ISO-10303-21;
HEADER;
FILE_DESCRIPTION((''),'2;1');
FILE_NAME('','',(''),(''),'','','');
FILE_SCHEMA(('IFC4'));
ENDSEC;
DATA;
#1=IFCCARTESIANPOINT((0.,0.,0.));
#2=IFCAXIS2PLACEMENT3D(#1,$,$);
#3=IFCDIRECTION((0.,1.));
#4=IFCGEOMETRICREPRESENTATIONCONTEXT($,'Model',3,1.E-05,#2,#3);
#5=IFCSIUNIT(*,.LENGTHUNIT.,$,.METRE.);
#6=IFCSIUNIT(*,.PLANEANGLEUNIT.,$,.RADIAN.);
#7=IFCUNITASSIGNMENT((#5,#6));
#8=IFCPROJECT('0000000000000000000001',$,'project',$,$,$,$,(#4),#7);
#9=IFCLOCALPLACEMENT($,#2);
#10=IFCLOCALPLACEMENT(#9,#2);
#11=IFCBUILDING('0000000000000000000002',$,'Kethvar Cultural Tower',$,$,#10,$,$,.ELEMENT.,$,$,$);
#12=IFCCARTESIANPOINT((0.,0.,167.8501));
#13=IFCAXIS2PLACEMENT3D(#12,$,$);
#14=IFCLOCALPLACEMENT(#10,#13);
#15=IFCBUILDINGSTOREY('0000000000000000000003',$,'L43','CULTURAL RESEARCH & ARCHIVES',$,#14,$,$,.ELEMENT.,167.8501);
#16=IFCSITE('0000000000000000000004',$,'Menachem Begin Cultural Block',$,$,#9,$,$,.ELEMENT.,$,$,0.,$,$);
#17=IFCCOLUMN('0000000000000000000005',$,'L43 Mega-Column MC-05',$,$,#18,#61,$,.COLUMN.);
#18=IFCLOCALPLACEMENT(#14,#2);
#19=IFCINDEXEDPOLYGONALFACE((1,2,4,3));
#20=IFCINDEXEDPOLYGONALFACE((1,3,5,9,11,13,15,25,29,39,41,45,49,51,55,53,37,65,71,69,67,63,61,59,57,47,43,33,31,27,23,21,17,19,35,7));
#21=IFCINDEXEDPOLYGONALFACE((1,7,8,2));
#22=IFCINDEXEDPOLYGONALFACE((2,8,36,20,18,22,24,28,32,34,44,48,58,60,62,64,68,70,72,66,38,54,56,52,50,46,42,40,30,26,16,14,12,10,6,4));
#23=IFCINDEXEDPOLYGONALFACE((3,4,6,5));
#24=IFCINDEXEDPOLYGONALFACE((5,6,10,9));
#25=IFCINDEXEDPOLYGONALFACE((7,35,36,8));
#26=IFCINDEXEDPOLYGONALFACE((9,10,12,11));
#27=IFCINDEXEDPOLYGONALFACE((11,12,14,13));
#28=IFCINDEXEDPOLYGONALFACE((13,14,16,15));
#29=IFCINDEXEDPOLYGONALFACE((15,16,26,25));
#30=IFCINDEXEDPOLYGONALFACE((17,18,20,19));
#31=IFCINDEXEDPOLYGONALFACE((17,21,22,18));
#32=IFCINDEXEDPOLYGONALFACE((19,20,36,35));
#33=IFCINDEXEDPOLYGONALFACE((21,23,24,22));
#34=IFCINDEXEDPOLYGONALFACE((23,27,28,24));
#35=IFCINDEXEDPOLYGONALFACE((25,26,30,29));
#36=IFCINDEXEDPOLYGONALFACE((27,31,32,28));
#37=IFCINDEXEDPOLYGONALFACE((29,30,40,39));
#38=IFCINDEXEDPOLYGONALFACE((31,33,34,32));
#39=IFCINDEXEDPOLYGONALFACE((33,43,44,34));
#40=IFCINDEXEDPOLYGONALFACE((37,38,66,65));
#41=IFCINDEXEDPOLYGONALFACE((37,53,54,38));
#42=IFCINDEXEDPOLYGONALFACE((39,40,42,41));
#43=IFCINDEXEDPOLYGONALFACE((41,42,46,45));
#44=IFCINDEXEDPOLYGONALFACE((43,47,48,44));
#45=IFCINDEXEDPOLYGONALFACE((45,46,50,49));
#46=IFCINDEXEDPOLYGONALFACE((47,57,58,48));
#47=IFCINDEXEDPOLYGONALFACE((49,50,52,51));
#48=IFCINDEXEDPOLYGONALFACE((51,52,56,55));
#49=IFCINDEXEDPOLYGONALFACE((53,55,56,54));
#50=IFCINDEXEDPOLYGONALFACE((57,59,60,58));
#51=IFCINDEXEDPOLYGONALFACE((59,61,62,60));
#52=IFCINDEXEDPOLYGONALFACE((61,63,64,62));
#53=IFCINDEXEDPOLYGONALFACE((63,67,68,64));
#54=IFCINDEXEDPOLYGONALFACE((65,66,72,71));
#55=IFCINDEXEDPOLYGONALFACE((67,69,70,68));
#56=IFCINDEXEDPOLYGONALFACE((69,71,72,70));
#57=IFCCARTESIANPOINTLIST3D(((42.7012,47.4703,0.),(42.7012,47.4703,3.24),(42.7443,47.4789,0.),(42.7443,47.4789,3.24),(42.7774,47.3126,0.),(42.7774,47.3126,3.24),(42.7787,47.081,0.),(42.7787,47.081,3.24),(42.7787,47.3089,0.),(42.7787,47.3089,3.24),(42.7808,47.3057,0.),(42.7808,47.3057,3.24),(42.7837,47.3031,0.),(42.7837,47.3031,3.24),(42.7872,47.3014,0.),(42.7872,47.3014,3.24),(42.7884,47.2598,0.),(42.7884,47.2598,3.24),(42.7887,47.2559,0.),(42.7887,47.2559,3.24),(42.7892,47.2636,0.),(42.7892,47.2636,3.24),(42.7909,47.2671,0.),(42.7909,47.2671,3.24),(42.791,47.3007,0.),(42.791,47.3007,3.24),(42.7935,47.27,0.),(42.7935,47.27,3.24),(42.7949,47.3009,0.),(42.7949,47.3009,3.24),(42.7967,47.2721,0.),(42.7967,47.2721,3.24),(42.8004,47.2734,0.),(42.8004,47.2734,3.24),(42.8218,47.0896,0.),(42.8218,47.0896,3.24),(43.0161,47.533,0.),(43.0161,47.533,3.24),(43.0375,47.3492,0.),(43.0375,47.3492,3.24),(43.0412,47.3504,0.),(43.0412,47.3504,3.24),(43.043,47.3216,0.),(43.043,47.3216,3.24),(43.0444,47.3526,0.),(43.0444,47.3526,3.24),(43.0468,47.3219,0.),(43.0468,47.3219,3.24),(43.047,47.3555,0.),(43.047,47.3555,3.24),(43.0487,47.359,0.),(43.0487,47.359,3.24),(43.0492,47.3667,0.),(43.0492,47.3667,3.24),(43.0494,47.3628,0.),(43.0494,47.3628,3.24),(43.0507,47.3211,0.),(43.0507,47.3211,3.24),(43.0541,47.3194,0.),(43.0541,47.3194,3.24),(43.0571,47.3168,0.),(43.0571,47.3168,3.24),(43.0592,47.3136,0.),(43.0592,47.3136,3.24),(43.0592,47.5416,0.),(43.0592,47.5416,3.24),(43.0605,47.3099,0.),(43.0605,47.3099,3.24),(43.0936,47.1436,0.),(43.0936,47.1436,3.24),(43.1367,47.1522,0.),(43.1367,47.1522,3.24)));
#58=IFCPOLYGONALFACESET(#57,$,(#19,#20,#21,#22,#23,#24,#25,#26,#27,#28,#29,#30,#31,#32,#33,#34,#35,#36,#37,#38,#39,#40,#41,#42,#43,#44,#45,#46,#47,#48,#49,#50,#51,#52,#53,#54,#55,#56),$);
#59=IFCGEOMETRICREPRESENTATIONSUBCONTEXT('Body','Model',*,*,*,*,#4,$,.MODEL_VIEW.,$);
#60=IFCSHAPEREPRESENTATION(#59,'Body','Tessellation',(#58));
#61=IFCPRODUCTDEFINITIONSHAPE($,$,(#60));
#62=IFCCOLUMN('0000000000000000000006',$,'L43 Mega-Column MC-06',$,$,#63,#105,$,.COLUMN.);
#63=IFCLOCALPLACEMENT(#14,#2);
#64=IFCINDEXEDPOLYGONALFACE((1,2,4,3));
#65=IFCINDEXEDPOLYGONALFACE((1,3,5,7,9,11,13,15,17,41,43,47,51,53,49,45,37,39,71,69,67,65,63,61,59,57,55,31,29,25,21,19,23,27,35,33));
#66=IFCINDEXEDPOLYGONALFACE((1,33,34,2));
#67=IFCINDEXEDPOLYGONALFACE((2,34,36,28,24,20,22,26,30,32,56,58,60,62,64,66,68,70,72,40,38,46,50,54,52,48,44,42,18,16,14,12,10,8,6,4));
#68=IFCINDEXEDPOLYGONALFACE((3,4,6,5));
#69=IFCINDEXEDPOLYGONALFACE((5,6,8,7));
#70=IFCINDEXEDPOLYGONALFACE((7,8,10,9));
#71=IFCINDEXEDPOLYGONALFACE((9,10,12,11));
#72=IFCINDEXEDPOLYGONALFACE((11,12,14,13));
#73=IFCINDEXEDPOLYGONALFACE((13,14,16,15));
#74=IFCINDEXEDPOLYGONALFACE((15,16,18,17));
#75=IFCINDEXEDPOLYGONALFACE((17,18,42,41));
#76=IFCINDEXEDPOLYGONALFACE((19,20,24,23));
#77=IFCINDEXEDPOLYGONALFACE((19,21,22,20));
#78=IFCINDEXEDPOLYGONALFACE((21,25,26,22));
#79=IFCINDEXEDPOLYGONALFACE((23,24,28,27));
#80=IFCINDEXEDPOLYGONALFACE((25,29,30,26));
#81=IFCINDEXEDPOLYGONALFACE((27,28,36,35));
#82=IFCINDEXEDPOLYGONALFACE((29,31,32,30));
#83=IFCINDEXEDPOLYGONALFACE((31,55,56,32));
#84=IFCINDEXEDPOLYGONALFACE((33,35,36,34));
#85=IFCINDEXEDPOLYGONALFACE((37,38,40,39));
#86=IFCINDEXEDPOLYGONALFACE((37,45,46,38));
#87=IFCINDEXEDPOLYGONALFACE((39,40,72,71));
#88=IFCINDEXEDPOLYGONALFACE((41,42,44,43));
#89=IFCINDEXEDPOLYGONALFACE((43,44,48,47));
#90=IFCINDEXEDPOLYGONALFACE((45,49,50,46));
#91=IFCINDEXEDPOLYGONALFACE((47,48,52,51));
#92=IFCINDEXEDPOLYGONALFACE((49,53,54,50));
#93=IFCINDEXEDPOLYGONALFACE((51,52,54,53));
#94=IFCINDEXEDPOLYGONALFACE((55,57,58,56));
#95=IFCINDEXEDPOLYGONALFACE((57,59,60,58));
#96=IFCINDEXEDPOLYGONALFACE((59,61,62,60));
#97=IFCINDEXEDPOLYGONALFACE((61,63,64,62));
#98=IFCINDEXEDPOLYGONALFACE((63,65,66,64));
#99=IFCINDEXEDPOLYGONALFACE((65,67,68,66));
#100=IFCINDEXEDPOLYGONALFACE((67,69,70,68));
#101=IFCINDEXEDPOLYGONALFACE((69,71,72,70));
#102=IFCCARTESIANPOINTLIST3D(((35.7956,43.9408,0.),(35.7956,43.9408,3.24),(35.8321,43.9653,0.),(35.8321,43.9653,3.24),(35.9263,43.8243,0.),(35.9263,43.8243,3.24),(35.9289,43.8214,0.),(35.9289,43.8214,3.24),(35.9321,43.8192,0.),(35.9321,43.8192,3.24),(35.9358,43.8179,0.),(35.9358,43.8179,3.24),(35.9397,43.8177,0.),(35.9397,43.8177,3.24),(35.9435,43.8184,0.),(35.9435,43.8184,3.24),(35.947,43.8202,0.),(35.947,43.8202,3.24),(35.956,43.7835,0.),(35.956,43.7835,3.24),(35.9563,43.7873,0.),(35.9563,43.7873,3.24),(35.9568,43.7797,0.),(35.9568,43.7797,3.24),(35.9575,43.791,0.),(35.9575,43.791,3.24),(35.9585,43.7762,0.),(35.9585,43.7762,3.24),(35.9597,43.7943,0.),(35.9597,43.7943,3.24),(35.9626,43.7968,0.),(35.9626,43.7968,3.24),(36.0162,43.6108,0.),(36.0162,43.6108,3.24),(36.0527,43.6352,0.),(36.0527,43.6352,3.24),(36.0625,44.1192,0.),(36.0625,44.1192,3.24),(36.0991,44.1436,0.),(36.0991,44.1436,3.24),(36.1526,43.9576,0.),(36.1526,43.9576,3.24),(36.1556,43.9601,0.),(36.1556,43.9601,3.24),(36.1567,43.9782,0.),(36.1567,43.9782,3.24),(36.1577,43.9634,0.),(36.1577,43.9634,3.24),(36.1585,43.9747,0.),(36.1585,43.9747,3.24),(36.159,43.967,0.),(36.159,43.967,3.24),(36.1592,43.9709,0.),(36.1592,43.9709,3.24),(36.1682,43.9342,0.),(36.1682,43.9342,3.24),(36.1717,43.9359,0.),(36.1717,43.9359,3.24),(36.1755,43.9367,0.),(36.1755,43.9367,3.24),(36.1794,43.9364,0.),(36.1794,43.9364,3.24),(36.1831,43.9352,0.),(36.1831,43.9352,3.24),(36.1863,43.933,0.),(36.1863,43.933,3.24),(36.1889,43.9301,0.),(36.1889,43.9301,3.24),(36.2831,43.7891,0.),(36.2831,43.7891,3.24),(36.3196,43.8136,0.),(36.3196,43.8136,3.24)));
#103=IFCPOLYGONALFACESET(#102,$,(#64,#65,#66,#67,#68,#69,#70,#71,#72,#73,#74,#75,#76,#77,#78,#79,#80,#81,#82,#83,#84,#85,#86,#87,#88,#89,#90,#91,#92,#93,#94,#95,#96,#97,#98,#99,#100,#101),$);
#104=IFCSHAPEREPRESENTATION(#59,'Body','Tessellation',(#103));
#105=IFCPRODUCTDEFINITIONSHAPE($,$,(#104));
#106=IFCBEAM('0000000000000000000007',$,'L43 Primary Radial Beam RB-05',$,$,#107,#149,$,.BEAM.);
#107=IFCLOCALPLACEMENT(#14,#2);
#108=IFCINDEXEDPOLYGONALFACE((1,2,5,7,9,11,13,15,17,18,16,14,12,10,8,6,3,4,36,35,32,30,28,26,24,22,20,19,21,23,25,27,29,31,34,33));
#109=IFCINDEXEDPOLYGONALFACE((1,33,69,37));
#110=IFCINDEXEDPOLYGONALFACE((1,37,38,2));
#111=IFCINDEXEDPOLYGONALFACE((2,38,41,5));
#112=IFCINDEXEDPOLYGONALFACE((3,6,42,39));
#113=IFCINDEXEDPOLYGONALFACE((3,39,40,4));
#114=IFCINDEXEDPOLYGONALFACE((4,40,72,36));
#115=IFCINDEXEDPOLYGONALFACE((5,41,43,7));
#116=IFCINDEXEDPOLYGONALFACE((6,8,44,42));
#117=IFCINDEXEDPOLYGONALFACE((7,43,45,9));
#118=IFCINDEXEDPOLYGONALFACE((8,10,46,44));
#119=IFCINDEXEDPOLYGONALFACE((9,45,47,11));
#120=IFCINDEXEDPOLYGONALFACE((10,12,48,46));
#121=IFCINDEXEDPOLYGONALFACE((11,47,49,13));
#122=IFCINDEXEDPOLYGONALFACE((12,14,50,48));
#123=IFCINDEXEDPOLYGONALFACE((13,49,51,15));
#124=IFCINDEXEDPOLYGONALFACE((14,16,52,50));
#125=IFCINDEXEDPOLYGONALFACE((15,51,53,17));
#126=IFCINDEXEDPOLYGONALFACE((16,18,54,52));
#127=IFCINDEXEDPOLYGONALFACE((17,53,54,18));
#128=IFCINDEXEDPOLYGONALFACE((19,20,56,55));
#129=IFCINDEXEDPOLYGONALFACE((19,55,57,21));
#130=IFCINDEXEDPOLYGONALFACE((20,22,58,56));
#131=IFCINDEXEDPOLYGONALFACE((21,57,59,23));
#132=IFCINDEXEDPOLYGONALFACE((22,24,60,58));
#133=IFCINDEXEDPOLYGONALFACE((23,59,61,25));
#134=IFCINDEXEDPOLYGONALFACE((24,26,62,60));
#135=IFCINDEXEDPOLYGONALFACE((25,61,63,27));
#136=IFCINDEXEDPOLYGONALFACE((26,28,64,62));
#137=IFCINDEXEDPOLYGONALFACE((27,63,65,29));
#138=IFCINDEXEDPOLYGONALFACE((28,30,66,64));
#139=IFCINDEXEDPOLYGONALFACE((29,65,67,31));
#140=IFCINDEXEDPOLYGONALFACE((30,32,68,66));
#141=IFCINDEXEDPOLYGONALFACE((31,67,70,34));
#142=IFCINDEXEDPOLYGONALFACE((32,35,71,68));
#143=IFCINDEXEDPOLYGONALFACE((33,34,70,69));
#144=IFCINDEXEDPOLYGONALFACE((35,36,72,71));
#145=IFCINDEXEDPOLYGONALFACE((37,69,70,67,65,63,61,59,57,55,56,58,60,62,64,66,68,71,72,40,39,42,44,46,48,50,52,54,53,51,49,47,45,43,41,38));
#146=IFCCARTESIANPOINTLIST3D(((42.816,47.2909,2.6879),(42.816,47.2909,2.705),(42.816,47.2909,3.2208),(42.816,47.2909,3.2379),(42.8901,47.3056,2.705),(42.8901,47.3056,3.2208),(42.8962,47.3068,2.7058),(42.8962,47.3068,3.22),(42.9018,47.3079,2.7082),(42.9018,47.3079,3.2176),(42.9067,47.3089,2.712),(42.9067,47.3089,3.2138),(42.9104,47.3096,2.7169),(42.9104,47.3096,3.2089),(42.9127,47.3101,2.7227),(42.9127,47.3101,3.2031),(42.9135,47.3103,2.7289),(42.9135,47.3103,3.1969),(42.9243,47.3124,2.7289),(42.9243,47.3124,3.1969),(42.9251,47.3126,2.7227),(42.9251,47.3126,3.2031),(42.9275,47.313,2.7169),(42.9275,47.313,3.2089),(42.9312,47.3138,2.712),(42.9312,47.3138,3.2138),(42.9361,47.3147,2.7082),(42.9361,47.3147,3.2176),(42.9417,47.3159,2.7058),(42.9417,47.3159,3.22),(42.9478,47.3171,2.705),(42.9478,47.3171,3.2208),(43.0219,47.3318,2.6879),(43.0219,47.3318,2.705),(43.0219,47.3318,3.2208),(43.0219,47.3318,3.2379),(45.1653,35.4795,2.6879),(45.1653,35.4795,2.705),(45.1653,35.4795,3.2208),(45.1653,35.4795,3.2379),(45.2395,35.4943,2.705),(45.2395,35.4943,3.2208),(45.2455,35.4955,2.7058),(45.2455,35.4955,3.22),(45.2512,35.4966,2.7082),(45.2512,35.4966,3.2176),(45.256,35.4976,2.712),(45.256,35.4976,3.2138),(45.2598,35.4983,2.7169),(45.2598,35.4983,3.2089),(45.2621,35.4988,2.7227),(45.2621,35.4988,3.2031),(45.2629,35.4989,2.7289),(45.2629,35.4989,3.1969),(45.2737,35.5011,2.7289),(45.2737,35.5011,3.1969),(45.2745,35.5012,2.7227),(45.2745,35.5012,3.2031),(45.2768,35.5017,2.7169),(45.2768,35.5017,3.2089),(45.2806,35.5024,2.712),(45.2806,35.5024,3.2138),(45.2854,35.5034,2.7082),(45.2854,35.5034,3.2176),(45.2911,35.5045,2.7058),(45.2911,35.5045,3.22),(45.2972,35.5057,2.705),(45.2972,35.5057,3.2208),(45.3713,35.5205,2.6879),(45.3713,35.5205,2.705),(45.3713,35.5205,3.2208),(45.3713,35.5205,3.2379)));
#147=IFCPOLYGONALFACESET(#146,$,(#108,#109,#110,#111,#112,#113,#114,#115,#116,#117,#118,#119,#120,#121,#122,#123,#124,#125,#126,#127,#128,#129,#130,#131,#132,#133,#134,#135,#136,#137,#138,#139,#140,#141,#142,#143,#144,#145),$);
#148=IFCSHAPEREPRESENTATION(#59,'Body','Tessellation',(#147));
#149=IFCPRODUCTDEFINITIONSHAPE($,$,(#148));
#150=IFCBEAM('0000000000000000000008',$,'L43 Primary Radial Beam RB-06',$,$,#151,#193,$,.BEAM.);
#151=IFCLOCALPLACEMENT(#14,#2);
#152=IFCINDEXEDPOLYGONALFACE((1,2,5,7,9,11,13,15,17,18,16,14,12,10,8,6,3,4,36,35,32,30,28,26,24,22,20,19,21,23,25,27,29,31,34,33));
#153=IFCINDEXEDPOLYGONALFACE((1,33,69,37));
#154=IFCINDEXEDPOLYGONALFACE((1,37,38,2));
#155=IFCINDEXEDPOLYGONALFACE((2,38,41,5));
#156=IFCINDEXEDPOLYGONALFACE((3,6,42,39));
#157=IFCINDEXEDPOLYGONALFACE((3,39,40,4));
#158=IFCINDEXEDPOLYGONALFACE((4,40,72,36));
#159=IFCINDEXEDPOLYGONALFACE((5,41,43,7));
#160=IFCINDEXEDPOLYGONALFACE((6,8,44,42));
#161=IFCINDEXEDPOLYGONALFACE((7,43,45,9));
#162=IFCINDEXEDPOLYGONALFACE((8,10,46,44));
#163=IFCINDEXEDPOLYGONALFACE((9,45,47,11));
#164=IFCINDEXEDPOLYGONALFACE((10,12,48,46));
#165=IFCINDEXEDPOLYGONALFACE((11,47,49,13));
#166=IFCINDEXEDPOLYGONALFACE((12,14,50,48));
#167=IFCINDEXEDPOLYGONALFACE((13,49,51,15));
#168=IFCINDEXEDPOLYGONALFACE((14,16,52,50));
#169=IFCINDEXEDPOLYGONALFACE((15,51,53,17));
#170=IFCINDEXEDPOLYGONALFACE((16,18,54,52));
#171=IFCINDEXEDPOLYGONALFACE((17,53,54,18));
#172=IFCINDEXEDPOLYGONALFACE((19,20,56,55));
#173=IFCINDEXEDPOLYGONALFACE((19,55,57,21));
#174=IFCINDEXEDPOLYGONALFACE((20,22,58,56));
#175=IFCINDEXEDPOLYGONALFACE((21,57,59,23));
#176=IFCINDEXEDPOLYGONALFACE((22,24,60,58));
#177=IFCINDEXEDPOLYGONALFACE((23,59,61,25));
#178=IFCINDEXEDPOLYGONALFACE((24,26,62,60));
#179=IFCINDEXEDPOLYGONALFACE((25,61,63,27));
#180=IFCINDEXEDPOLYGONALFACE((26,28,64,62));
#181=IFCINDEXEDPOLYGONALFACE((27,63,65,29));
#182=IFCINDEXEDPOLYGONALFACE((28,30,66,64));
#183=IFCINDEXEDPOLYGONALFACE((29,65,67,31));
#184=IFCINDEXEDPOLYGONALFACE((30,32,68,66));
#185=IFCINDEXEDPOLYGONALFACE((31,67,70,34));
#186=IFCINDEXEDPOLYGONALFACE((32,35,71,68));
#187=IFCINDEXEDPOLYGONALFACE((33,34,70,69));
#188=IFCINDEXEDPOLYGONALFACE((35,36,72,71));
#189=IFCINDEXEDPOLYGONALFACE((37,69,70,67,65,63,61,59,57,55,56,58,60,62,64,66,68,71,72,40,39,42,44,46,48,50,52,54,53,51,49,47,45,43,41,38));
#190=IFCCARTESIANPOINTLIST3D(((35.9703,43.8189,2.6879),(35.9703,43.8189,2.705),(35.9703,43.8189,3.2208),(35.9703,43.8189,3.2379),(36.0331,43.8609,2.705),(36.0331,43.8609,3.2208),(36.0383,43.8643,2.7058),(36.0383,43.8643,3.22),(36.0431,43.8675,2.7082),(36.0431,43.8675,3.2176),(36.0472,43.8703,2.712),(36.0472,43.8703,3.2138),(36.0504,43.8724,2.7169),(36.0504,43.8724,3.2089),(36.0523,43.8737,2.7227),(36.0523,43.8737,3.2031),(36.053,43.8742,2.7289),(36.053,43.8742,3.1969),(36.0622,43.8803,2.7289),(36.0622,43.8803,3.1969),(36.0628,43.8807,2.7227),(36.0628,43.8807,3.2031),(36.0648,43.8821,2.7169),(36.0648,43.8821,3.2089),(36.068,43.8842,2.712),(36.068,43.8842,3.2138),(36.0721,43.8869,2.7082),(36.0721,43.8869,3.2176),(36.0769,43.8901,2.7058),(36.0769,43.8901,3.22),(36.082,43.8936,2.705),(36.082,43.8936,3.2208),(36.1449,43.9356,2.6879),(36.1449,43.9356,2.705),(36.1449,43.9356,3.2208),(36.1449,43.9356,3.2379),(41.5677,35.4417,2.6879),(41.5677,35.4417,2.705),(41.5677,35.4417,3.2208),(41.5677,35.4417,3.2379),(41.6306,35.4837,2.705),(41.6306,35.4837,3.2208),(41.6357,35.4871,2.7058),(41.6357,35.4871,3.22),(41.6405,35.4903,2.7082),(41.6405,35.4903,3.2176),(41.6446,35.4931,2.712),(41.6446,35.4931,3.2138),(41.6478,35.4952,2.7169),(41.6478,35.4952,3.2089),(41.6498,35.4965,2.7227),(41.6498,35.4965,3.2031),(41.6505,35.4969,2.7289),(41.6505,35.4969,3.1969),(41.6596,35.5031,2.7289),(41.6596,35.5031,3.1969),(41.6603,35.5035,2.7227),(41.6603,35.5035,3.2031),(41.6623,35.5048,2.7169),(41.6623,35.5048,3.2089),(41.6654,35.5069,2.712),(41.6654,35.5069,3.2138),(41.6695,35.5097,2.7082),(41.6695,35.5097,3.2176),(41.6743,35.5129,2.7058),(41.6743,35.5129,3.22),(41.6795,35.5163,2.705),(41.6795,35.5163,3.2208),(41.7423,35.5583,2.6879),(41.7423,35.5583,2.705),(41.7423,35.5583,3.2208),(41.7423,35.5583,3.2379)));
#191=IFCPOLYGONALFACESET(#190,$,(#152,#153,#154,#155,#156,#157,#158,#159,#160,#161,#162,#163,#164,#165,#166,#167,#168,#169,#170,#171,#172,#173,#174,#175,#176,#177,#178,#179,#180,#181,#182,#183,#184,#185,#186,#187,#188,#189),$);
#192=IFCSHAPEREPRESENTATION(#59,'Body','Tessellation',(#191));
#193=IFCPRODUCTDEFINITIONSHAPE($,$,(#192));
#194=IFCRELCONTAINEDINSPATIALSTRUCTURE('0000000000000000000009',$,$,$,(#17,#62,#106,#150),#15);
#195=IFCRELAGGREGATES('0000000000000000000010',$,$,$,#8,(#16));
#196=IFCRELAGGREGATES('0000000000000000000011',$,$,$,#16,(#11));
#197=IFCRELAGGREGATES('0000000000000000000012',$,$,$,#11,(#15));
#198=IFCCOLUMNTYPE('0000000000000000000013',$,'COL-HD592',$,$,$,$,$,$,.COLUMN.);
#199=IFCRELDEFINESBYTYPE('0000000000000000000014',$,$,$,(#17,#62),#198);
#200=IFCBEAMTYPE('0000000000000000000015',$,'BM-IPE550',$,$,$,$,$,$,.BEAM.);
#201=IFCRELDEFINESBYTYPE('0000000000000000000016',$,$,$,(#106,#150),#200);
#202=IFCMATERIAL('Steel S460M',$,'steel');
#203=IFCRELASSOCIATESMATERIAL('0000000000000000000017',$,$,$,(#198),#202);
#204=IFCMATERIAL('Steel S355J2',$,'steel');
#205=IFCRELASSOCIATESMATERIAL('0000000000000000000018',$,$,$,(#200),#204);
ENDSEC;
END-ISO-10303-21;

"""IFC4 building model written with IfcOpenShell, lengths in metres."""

from ifc_helpers import new_model, si_unit, direction, frame, origin, origin_2d, place, context, subcontext, project, spatial, i_section, extrude, source, transform, mapped, material, material_profile, profile_set, type_object, element, save


model = new_model("IFC4")

# Units and contexts
model_context = context("Model", 3, precision=1e-05, world=origin(), true_north=direction((0.0, 1.0)))
body_context = subcontext(model_context, "Body", "Model", "MODEL_VIEW")
ifc_project = project(units=[si_unit("LENGTHUNIT", "METRE"), si_unit("PLANEANGLEUNIT", "RADIAN")], contexts=[model_context])

# Site, building, storey
site_placement = place(None, origin())
site = spatial("IfcSite", under=ifc_project, at=site_placement, Name="Menachem Begin Cultural Block", CompositionType="ELEMENT", RefElevation=0.0)
building_placement = place(site_placement, origin())
building = spatial("IfcBuilding", under=site, at=building_placement, Name="Kethvar Cultural Tower", CompositionType="ELEMENT")
storey_placement = place(building_placement, frame((0.0, 0.0, 167.8501)))
storey = spatial("IfcBuildingStorey", under=building, at=storey_placement, Name="L43", Description="CULTURAL RESEARCH & ARCHIVES", CompositionType="ELEMENT", Elevation=167.8501)

# Columns
ifc_material_1 = material(Name="Steel S460M", Category="steel")
ifc_material_profile_1 = material_profile(ifc_material_1, i_section(OverallWidth=0.397, OverallDepth=0.365, WebThickness=0.0281, FlangeThickness=0.0439, FilletRadius=0.0149, at=origin_2d()), Name="Steel S460M — HD400x592")
ifc_profile_set_1 = profile_set([ifc_material_profile_1], Name="Steel S460M — HD400x592")
column_type = type_object("IfcColumnType", Name="COL-HD592", PredefinedType="COLUMN", material=ifc_profile_set_1)
shared_shape_1 = source(origin(), body_context, "Body", "SweptSolid", [
    extrude(i_section(OverallWidth=0.397, OverallDepth=0.365, WebThickness=0.0281, FlangeThickness=0.0439, FilletRadius=0.0149, at=origin_2d()), origin(), (0.0, 0.0, 1.0), 3.24),
])
for number, where, z_axis, x_axis, name in (
    (1, (42.9189, 47.3113, 0.0), (0.0, 0.0, 1.0), (-0.19509, 0.980785, 0.0), "L43 Mega-Column MC-05"),
    (2, (36.0576, 43.8772, 0.0), (0.0, 0.0, 1.0), (-0.55557, 0.83147, 0.0), "L43 Mega-Column MC-06"),
):
    element("IfcColumn", number, at=place(storey_placement, frame(where, z_axis=z_axis, x_axis=x_axis)), inside=storey, type_object=column_type, Name=name, PredefinedType="COLUMN", context=body_context, shape_type="MappedRepresentation", body=[
        mapped(shared_shape_1, transform((0.0, 0.0, 0.0), scale=1.0)),
    ])

# Beams
ifc_material_2 = material(Name="Steel S355J2", Category="steel")
ifc_material_profile_2 = material_profile(ifc_material_2, i_section(OverallWidth=0.21, OverallDepth=0.55, WebThickness=0.011, FlangeThickness=0.0171, FilletRadius=0.0239, at=origin_2d()), Name="Steel S355J2 — IPE550")
ifc_profile_set_2 = profile_set([ifc_material_profile_2], Name="Steel S355J2 — IPE550")
beam_type_1 = type_object("IfcBeamType", Name="BM-IPE550", PredefinedType="BEAM", material=ifc_profile_set_2)
shared_shape_2 = source(origin(), body_context, "Body", "SweptSolid", [
    extrude(i_section(OverallWidth=0.21, OverallDepth=0.55, WebThickness=0.011, FlangeThickness=0.0171, FilletRadius=0.0239, at=origin_2d()), origin(), (0.0, 0.0, 1.0), 12.0427),
])
beam_1_placement = place(storey_placement, frame((45.2683, 35.5, 2.9629), z_axis=(-0.195087, 0.980786, 0.0), x_axis=(-0.980786, -0.195087, 0.0)))
element("IfcBeam", 3, at=beam_1_placement, inside=storey, type_object=beam_type_1, Name="L43 Primary Radial Beam RB-05", PredefinedType="BEAM", context=body_context, shape_type="MappedRepresentation", body=[
    mapped(shared_shape_2, transform((0.0, 0.0, 0.0), scale=1.0)),
])
shared_shape_3 = source(origin(), body_context, "Body", "SweptSolid", [
    extrude(i_section(OverallWidth=0.21, OverallDepth=0.55, WebThickness=0.011, FlangeThickness=0.0171, FilletRadius=0.0239, at=origin_2d()), origin(), (0.0, 0.0, 1.0), 10.0752),
])
beam_2_placement = place(storey_placement, frame((41.655, 35.5, 2.9629), z_axis=(-0.555567, 0.831472, 0.0), x_axis=(-0.831472, -0.555567, 0.0)))
element("IfcBeam", 4, at=beam_2_placement, inside=storey, type_object=beam_type_1, Name="L43 Primary Radial Beam RB-06", PredefinedType="BEAM", context=body_context, shape_type="MappedRepresentation", body=[
    mapped(shared_shape_3, transform((0.0, 0.0, 0.0), scale=1.0)),
])

save(model, "model.ifc")
